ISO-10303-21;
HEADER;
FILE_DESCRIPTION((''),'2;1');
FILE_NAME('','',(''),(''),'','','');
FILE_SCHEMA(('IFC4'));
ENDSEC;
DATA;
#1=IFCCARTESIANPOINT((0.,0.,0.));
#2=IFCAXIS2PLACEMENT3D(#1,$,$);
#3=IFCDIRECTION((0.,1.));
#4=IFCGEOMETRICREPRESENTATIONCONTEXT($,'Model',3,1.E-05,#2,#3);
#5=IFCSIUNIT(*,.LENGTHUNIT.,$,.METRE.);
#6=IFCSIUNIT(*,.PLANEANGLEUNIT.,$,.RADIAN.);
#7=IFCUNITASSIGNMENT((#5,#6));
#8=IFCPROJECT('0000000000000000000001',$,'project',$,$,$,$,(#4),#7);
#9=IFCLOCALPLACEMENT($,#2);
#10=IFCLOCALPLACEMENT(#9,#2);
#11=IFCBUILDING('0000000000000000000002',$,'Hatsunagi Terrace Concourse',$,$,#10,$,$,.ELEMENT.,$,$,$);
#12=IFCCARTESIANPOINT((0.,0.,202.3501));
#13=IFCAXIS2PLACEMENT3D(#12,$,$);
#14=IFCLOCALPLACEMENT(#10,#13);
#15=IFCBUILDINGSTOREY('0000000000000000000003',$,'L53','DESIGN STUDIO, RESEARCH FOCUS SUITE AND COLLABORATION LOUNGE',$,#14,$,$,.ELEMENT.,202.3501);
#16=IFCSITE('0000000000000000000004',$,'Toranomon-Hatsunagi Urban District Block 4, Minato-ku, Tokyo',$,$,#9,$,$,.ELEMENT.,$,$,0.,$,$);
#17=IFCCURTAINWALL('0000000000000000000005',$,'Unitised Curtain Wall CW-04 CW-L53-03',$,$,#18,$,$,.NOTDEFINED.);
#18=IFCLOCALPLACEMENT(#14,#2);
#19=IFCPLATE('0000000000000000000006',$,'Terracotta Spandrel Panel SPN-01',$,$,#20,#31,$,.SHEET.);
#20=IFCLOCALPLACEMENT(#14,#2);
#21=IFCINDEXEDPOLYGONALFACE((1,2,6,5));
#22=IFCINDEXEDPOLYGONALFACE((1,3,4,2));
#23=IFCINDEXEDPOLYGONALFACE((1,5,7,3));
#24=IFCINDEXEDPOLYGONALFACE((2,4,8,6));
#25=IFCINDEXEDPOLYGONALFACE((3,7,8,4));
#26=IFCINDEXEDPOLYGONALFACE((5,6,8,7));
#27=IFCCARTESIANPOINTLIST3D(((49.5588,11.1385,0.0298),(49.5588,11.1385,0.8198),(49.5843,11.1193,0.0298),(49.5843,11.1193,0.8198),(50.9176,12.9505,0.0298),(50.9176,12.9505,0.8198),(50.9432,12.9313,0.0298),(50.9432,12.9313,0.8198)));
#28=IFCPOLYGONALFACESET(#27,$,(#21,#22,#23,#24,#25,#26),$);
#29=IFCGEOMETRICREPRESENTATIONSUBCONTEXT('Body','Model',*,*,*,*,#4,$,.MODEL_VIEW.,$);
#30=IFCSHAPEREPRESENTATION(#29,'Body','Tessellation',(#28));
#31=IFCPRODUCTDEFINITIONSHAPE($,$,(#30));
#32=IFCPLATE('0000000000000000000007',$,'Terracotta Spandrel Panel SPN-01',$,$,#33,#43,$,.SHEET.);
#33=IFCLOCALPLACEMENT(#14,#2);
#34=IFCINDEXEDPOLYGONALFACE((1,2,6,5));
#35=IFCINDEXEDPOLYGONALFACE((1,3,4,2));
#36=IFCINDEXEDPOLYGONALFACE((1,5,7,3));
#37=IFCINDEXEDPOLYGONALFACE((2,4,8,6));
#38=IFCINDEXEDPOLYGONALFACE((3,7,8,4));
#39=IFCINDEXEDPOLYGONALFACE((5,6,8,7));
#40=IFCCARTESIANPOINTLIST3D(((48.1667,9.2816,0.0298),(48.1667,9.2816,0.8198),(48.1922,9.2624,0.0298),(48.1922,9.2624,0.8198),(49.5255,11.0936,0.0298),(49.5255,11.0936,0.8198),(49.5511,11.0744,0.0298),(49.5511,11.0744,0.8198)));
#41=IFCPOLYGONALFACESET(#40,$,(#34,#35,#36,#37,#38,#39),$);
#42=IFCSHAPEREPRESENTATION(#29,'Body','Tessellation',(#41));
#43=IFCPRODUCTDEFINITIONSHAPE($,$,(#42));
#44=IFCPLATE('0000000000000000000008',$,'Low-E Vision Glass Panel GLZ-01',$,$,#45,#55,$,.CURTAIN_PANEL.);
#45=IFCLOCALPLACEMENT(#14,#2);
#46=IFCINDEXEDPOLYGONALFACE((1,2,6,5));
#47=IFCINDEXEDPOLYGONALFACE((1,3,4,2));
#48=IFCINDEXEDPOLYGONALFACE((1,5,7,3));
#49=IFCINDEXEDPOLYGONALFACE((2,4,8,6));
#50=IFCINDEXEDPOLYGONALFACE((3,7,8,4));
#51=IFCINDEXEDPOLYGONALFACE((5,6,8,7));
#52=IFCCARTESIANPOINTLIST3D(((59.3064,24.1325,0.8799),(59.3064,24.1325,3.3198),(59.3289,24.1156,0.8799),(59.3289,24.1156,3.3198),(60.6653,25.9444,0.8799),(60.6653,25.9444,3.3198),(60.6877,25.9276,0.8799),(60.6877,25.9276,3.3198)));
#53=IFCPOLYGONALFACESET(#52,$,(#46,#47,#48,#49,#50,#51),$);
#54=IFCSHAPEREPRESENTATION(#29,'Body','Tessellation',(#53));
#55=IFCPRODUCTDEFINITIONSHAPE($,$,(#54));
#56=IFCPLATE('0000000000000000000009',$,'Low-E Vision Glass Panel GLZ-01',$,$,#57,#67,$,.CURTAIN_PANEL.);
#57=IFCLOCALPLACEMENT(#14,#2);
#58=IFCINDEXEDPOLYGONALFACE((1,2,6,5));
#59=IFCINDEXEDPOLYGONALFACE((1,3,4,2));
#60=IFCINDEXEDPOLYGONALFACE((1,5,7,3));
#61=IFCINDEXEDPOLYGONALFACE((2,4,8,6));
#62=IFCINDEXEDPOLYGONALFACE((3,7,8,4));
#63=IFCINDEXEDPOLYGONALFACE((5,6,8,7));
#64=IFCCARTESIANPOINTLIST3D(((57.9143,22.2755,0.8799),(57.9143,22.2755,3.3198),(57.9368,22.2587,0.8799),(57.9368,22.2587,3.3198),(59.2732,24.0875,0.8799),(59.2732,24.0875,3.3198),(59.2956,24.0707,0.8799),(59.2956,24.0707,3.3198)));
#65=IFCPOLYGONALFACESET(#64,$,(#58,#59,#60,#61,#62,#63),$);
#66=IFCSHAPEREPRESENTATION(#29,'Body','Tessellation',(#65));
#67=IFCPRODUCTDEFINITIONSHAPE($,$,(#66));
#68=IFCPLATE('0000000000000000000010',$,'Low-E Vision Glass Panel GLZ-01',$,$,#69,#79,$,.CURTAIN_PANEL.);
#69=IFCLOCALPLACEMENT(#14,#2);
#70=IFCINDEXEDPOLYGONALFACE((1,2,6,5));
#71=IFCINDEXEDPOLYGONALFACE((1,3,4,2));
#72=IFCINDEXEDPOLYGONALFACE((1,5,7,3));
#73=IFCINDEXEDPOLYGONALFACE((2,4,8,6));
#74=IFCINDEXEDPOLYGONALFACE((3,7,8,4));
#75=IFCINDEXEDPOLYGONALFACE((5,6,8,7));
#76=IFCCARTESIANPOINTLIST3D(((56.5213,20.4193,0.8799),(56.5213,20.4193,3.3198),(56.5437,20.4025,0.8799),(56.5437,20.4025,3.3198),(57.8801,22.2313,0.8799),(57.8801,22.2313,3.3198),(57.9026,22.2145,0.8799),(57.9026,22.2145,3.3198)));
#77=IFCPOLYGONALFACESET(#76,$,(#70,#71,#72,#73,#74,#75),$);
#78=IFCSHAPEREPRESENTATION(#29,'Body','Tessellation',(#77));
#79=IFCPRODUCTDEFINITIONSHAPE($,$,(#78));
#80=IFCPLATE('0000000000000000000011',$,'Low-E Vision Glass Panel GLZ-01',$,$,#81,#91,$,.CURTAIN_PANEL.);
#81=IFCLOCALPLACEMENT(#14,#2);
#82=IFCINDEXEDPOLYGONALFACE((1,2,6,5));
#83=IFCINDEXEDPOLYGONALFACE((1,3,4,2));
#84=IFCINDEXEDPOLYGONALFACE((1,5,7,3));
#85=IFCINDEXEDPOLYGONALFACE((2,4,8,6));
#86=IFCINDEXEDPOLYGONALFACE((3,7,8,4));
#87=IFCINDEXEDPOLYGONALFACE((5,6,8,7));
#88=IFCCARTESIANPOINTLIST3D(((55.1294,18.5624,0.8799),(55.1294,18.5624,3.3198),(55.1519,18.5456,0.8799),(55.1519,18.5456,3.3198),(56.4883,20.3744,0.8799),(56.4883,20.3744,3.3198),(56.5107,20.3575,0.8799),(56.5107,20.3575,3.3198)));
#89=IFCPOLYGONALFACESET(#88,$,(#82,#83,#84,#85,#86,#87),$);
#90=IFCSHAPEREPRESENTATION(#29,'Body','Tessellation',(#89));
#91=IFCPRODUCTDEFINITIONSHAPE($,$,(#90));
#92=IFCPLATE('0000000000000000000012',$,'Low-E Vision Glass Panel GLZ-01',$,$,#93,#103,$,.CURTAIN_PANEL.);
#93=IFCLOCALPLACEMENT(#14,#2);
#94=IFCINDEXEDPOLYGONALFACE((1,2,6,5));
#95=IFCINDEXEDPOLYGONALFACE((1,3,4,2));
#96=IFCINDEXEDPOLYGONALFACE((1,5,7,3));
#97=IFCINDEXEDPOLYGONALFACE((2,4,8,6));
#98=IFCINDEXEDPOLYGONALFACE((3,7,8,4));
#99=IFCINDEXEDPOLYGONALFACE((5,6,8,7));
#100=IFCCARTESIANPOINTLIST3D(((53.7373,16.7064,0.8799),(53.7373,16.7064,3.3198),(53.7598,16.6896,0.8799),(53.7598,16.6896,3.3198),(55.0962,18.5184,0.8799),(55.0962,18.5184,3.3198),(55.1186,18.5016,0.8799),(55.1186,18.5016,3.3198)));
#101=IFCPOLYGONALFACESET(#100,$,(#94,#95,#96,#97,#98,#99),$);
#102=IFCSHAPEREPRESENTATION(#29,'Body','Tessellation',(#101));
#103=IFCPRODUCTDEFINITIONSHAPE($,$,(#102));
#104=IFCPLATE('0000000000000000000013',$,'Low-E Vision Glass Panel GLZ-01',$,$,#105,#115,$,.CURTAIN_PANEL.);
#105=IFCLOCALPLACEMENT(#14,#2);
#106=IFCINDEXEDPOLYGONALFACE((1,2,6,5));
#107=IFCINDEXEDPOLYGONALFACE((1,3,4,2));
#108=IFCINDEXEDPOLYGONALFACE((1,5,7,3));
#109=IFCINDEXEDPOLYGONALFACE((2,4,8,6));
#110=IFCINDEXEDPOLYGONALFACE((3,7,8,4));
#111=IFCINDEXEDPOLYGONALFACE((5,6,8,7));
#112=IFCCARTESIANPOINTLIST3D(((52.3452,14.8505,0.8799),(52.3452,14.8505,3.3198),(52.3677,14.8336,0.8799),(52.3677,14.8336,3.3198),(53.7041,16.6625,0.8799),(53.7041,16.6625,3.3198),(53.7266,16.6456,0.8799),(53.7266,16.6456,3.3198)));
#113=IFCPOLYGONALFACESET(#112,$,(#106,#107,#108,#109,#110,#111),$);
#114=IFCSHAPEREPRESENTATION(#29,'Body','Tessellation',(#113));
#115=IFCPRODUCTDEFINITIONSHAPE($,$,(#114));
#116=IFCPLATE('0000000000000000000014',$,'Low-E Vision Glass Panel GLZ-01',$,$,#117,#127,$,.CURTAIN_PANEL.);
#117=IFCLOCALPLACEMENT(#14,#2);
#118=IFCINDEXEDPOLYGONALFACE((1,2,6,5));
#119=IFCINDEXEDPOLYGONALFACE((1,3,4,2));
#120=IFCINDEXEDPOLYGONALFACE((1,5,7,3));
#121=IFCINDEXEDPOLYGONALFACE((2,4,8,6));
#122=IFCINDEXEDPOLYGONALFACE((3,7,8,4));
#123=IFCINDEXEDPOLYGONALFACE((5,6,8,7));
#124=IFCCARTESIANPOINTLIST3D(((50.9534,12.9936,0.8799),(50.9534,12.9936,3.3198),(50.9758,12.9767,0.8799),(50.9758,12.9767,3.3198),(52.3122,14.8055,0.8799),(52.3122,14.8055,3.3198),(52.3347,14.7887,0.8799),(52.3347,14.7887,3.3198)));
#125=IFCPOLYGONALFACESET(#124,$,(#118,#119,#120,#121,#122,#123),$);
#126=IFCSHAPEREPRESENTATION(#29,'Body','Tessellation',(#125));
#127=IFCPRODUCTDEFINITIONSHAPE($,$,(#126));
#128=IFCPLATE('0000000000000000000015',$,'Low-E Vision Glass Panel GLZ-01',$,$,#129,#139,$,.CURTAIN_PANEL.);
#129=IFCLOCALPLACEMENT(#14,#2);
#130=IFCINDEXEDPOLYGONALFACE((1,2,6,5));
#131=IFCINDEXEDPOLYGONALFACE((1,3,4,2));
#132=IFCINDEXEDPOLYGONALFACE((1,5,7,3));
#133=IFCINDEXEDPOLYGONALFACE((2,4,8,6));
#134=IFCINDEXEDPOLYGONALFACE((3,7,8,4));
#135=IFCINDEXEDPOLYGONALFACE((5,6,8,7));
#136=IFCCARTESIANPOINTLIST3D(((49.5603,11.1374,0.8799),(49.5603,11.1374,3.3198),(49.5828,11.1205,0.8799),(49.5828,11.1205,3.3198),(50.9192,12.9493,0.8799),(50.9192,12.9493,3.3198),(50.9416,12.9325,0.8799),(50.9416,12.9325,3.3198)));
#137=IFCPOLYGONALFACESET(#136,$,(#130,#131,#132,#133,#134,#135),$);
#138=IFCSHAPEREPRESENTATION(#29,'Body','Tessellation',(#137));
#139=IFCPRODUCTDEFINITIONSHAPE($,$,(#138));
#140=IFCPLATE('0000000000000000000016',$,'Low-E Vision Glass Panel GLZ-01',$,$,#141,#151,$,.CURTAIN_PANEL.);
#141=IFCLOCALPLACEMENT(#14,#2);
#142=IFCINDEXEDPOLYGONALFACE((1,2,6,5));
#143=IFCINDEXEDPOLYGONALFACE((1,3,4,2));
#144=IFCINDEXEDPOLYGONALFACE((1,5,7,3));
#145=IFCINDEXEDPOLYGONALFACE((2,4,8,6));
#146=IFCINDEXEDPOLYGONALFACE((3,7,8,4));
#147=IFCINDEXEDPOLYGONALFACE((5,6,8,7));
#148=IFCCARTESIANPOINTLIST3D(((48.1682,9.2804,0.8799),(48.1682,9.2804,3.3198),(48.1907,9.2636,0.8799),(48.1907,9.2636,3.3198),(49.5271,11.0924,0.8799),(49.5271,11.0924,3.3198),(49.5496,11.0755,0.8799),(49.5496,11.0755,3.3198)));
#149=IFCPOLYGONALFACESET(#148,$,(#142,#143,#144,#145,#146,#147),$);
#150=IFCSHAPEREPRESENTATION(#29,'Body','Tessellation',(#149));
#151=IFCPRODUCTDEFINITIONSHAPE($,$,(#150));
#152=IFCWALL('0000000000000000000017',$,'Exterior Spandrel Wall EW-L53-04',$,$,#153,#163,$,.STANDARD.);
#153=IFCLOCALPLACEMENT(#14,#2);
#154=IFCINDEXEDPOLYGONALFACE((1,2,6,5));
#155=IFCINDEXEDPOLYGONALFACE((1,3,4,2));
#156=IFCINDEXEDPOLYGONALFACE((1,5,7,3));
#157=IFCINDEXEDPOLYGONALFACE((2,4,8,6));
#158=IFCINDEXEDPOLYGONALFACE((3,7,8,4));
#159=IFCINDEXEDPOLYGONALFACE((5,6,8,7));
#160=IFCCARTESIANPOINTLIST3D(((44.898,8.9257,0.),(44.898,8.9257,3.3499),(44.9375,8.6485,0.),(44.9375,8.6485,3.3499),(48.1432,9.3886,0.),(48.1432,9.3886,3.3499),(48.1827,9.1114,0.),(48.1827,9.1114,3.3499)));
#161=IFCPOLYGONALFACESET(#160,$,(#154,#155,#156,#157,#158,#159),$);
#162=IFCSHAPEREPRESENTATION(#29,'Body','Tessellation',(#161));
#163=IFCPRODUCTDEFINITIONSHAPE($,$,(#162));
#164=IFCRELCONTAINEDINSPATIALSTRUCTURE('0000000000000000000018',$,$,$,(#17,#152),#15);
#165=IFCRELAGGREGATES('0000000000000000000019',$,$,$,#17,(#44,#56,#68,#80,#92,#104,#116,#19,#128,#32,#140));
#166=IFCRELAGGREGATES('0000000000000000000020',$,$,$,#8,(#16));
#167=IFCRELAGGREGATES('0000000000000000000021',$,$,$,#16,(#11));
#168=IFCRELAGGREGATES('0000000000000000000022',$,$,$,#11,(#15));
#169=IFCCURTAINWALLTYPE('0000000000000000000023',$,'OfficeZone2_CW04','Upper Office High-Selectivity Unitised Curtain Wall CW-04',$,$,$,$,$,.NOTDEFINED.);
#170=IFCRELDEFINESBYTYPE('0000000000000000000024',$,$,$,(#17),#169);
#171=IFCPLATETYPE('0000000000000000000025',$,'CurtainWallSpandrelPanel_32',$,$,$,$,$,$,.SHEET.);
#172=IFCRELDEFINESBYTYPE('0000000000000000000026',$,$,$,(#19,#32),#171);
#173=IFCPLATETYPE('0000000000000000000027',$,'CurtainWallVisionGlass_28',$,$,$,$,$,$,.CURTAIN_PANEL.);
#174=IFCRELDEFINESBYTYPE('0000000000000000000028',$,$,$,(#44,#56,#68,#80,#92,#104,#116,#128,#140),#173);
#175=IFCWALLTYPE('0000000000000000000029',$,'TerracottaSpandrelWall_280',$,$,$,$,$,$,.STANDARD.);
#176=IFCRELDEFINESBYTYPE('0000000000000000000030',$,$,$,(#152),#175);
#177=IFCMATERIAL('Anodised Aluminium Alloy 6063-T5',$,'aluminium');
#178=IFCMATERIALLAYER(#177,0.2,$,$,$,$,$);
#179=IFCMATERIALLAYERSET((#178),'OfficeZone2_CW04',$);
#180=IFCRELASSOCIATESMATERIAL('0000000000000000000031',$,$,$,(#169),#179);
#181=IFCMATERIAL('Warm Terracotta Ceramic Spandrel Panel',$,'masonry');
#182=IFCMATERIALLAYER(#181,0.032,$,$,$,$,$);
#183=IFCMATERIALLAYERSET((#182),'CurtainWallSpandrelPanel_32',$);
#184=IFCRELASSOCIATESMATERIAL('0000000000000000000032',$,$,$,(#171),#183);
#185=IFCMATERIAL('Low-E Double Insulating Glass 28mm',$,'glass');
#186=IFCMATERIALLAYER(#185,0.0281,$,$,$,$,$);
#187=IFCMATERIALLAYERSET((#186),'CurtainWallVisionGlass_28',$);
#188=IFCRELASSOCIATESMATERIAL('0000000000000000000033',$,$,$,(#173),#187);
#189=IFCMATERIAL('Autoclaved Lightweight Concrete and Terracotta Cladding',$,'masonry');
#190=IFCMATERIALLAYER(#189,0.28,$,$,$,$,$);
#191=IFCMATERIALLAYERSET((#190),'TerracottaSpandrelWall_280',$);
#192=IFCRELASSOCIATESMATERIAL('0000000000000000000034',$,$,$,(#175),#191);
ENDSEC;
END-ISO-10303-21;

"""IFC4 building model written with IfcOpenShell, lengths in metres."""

from ifc_helpers import new_model, si_unit, direction, frame, frame_2d, origin, origin_2d, place, context, subcontext, project, spatial, rectangle, extrude, material, layer, layer_set, type_object, element, aggregate, save


model = new_model("IFC4")

# Units and contexts
model_context = context("Model", 3, precision=1e-05, world=origin(), true_north=direction((0.0, 1.0)))
body_context = subcontext(model_context, "Body", "Model", "MODEL_VIEW")
ifc_project = project(units=[si_unit("LENGTHUNIT", "METRE"), si_unit("PLANEANGLEUNIT", "RADIAN")], contexts=[model_context])

# Site, building, storey
site_placement = place(None, origin())
site = spatial("IfcSite", under=ifc_project, at=site_placement, Name="Toranomon-Hatsunagi Urban District Block 4, Minato-ku, Tokyo", CompositionType="ELEMENT", RefElevation=0.0)
building_placement = place(site_placement, origin())
building = spatial("IfcBuilding", under=site, at=building_placement, Name="Hatsunagi Terrace Concourse", CompositionType="ELEMENT")
storey_placement = place(building_placement, frame((0.0, 0.0, 202.3501)))
storey = spatial("IfcBuildingStorey", under=building, at=storey_placement, Name="L53", Description="DESIGN STUDIO, RESEARCH FOCUS SUITE AND COLLABORATION LOUNGE", CompositionType="ELEMENT", Elevation=202.3501)

# Curtain wall
ifc_material_1 = material(Name="Anodised Aluminium Alloy 6063-T5", Category="aluminium")
ifc_layer_1 = layer(ifc_material_1, 0.2)
ifc_layer_set_1 = layer_set([ifc_layer_1], Name="OfficeZone2_CW04")
curtain_wall_type = type_object("IfcCurtainWallType", Name="OfficeZone2_CW04", Description="Upper Office High-Selectivity Unitised Curtain Wall CW-04", PredefinedType="NOTDEFINED", material=ifc_layer_set_1)
curtain_wall_placement = place(storey_placement, origin())
curtain_wall = element("IfcCurtainWall", 1, at=curtain_wall_placement, inside=storey, type_object=curtain_wall_type, Name="Unitised Curtain Wall CW-04 CW-L53-03", PredefinedType="NOTDEFINED")

# Plates
ifc_material_2 = material(Name="Warm Terracotta Ceramic Spandrel Panel", Category="masonry")
ifc_layer_2 = layer(ifc_material_2, 0.032)
ifc_layer_set_2 = layer_set([ifc_layer_2], Name="CurtainWallSpandrelPanel_32")
plate_type_1 = type_object("IfcPlateType", Name="CurtainWallSpandrelPanel_32", PredefinedType="SHEET", material=ifc_layer_set_2)
plate_1_placement = place(storey_placement, frame((50.251, 12.0349, 0.0298), z_axis=(0.0, 0.0, 1.0), x_axis=(-0.599969, -0.800023, 0.0)))
plate_1 = element("IfcPlate", 2, at=plate_1_placement, type_object=plate_type_1, Name="Terracotta Spandrel Panel SPN-01", PredefinedType="SHEET", context=body_context, shape_type="SweptSolid", body=[
    extrude(rectangle(XDim=2.2649, YDim=0.032, at=origin_2d()), origin(), (0.0, 0.0, 1.0), 0.79),
])
plate_2_placement = place(storey_placement, frame((48.8589, 10.178, 0.0298), z_axis=(0.0, 0.0, 1.0), x_axis=(-0.599969, -0.800023, 0.0)))
plate_2 = element("IfcPlate", 3, at=plate_2_placement, type_object=plate_type_1, Name="Terracotta Spandrel Panel SPN-01", PredefinedType="SHEET", context=body_context, shape_type="SweptSolid", body=[
    extrude(rectangle(XDim=2.2649, YDim=0.032, at=origin_2d()), origin(), (0.0, 0.0, 1.0), 0.79),
])
ifc_material_3 = material(Name="Low-E Double Insulating Glass 28mm", Category="glass")
ifc_layer_3 = layer(ifc_material_3, 0.0281)
ifc_layer_set_3 = layer_set([ifc_layer_3], Name="CurtainWallVisionGlass_28")
plate_type_2 = type_object("IfcPlateType", Name="CurtainWallVisionGlass_28", PredefinedType="CURTAIN_PANEL", material=ifc_layer_set_3)
plate_3_placement = place(storey_placement, frame((59.9971, 25.03, 0.8799), z_axis=(0.0, 0.0, 1.0), x_axis=(-0.599969, -0.800023, 0.0)))
plate_3 = element("IfcPlate", 4, at=plate_3_placement, type_object=plate_type_2, Name="Low-E Vision Glass Panel GLZ-01", PredefinedType="CURTAIN_PANEL", context=body_context, shape_type="SweptSolid", body=[
    extrude(rectangle(XDim=2.2649, YDim=0.0281, at=origin_2d()), origin(), (0.0, 0.0, 1.0), 2.4399),
])
plate_4_placement = place(storey_placement, frame((58.605, 23.1731, 0.8799), z_axis=(0.0, 0.0, 1.0), x_axis=(-0.599969, -0.800023, 0.0)))
plate_4 = element("IfcPlate", 5, at=plate_4_placement, type_object=plate_type_2, Name="Low-E Vision Glass Panel GLZ-01", PredefinedType="CURTAIN_PANEL", context=body_context, shape_type="SweptSolid", body=[
    extrude(rectangle(XDim=2.2649, YDim=0.0281, at=origin_2d()), origin(), (0.0, 0.0, 1.0), 2.4399),
])
plate_5_placement = place(storey_placement, frame((57.2119, 21.3169, 0.8799), z_axis=(0.0, 0.0, 1.0), x_axis=(-0.599969, -0.800023, 0.0)))
plate_5 = element("IfcPlate", 6, at=plate_5_placement, type_object=plate_type_2, Name="Low-E Vision Glass Panel GLZ-01", PredefinedType="CURTAIN_PANEL", context=body_context, shape_type="SweptSolid", body=[
    extrude(rectangle(XDim=2.2649, YDim=0.0281, at=origin_2d()), origin(), (0.0, 0.0, 1.0), 2.4399),
])
plate_6_placement = place(storey_placement, frame((55.8201, 19.46, 0.8799), z_axis=(0.0, 0.0, 1.0), x_axis=(-0.599969, -0.800023, 0.0)))
plate_6 = element("IfcPlate", 7, at=plate_6_placement, type_object=plate_type_2, Name="Low-E Vision Glass Panel GLZ-01", PredefinedType="CURTAIN_PANEL", context=body_context, shape_type="SweptSolid", body=[
    extrude(rectangle(XDim=2.2649, YDim=0.0281, at=origin_2d()), origin(), (0.0, 0.0, 1.0), 2.4399),
])
plate_7_placement = place(storey_placement, frame((54.428, 17.604, 0.8799), z_axis=(0.0, 0.0, 1.0), x_axis=(-0.599969, -0.800023, 0.0)))
plate_7 = element("IfcPlate", 8, at=plate_7_placement, type_object=plate_type_2, Name="Low-E Vision Glass Panel GLZ-01", PredefinedType="CURTAIN_PANEL", context=body_context, shape_type="SweptSolid", body=[
    extrude(rectangle(XDim=2.2649, YDim=0.0281, at=origin_2d()), origin(), (0.0, 0.0, 1.0), 2.4399),
])
plate_8_placement = place(storey_placement, frame((53.0359, 15.748, 0.8799), z_axis=(0.0, 0.0, 1.0), x_axis=(-0.599969, -0.800023, 0.0)))
plate_8 = element("IfcPlate", 9, at=plate_8_placement, type_object=plate_type_2, Name="Low-E Vision Glass Panel GLZ-01", PredefinedType="CURTAIN_PANEL", context=body_context, shape_type="SweptSolid", body=[
    extrude(rectangle(XDim=2.2649, YDim=0.0281, at=origin_2d()), origin(), (0.0, 0.0, 1.0), 2.4399),
])
plate_9_placement = place(storey_placement, frame((51.644, 13.8911, 0.8799), z_axis=(0.0, 0.0, 1.0), x_axis=(-0.599969, -0.800023, 0.0)))
plate_9 = element("IfcPlate", 10, at=plate_9_placement, type_object=plate_type_2, Name="Low-E Vision Glass Panel GLZ-01", PredefinedType="CURTAIN_PANEL", context=body_context, shape_type="SweptSolid", body=[
    extrude(rectangle(XDim=2.2649, YDim=0.0281, at=origin_2d()), origin(), (0.0, 0.0, 1.0), 2.4399),
])
plate_10_placement = place(storey_placement, frame((50.251, 12.0349, 0.8799), z_axis=(0.0, 0.0, 1.0), x_axis=(-0.599969, -0.800023, 0.0)))
plate_10 = element("IfcPlate", 11, at=plate_10_placement, type_object=plate_type_2, Name="Low-E Vision Glass Panel GLZ-01", PredefinedType="CURTAIN_PANEL", context=body_context, shape_type="SweptSolid", body=[
    extrude(rectangle(XDim=2.2649, YDim=0.0281, at=origin_2d()), origin(), (0.0, 0.0, 1.0), 2.4399),
])
plate_11_placement = place(storey_placement, frame((48.8589, 10.178, 0.8799), z_axis=(0.0, 0.0, 1.0), x_axis=(-0.599969, -0.800023, 0.0)))
plate_11 = element("IfcPlate", 12, at=plate_11_placement, type_object=plate_type_2, Name="Low-E Vision Glass Panel GLZ-01", PredefinedType="CURTAIN_PANEL", context=body_context, shape_type="SweptSolid", body=[
    extrude(rectangle(XDim=2.2649, YDim=0.0281, at=origin_2d()), origin(), (0.0, 0.0, 1.0), 2.4399),
])
aggregate(curtain_wall, [plate_3, plate_4, plate_5, plate_6, plate_7, plate_8, plate_9, plate_1, plate_10, plate_2, plate_11])

# Wall
ifc_material_4 = material(Name="Autoclaved Lightweight Concrete and Terracotta Cladding", Category="masonry")
ifc_layer_4 = layer(ifc_material_4, 0.28)
ifc_layer_set_4 = layer_set([ifc_layer_4], Name="TerracottaSpandrelWall_280")
wall_type = type_object("IfcWallType", Name="TerracottaSpandrelWall_280", PredefinedType="STANDARD", material=ifc_layer_set_4)
wall_placement = place(storey_placement, frame((48.1631, 9.25, 0.0), z_axis=(0.0, 0.0, 1.0), x_axis=(-0.989979, -0.141213, 0.0)))
element("IfcWall", 13, at=wall_placement, inside=storey, type_object=wall_type, Name="Exterior Spandrel Wall EW-L53-04", PredefinedType="STANDARD", context=body_context, shape_type="SweptSolid", body=[
    extrude(rectangle(XDim=3.2781, YDim=0.28, at=frame_2d((1.6392, 0.0))), origin(), (0.0, 0.0, 1.0), 3.3499),
])

save(model, "model.ifc")
